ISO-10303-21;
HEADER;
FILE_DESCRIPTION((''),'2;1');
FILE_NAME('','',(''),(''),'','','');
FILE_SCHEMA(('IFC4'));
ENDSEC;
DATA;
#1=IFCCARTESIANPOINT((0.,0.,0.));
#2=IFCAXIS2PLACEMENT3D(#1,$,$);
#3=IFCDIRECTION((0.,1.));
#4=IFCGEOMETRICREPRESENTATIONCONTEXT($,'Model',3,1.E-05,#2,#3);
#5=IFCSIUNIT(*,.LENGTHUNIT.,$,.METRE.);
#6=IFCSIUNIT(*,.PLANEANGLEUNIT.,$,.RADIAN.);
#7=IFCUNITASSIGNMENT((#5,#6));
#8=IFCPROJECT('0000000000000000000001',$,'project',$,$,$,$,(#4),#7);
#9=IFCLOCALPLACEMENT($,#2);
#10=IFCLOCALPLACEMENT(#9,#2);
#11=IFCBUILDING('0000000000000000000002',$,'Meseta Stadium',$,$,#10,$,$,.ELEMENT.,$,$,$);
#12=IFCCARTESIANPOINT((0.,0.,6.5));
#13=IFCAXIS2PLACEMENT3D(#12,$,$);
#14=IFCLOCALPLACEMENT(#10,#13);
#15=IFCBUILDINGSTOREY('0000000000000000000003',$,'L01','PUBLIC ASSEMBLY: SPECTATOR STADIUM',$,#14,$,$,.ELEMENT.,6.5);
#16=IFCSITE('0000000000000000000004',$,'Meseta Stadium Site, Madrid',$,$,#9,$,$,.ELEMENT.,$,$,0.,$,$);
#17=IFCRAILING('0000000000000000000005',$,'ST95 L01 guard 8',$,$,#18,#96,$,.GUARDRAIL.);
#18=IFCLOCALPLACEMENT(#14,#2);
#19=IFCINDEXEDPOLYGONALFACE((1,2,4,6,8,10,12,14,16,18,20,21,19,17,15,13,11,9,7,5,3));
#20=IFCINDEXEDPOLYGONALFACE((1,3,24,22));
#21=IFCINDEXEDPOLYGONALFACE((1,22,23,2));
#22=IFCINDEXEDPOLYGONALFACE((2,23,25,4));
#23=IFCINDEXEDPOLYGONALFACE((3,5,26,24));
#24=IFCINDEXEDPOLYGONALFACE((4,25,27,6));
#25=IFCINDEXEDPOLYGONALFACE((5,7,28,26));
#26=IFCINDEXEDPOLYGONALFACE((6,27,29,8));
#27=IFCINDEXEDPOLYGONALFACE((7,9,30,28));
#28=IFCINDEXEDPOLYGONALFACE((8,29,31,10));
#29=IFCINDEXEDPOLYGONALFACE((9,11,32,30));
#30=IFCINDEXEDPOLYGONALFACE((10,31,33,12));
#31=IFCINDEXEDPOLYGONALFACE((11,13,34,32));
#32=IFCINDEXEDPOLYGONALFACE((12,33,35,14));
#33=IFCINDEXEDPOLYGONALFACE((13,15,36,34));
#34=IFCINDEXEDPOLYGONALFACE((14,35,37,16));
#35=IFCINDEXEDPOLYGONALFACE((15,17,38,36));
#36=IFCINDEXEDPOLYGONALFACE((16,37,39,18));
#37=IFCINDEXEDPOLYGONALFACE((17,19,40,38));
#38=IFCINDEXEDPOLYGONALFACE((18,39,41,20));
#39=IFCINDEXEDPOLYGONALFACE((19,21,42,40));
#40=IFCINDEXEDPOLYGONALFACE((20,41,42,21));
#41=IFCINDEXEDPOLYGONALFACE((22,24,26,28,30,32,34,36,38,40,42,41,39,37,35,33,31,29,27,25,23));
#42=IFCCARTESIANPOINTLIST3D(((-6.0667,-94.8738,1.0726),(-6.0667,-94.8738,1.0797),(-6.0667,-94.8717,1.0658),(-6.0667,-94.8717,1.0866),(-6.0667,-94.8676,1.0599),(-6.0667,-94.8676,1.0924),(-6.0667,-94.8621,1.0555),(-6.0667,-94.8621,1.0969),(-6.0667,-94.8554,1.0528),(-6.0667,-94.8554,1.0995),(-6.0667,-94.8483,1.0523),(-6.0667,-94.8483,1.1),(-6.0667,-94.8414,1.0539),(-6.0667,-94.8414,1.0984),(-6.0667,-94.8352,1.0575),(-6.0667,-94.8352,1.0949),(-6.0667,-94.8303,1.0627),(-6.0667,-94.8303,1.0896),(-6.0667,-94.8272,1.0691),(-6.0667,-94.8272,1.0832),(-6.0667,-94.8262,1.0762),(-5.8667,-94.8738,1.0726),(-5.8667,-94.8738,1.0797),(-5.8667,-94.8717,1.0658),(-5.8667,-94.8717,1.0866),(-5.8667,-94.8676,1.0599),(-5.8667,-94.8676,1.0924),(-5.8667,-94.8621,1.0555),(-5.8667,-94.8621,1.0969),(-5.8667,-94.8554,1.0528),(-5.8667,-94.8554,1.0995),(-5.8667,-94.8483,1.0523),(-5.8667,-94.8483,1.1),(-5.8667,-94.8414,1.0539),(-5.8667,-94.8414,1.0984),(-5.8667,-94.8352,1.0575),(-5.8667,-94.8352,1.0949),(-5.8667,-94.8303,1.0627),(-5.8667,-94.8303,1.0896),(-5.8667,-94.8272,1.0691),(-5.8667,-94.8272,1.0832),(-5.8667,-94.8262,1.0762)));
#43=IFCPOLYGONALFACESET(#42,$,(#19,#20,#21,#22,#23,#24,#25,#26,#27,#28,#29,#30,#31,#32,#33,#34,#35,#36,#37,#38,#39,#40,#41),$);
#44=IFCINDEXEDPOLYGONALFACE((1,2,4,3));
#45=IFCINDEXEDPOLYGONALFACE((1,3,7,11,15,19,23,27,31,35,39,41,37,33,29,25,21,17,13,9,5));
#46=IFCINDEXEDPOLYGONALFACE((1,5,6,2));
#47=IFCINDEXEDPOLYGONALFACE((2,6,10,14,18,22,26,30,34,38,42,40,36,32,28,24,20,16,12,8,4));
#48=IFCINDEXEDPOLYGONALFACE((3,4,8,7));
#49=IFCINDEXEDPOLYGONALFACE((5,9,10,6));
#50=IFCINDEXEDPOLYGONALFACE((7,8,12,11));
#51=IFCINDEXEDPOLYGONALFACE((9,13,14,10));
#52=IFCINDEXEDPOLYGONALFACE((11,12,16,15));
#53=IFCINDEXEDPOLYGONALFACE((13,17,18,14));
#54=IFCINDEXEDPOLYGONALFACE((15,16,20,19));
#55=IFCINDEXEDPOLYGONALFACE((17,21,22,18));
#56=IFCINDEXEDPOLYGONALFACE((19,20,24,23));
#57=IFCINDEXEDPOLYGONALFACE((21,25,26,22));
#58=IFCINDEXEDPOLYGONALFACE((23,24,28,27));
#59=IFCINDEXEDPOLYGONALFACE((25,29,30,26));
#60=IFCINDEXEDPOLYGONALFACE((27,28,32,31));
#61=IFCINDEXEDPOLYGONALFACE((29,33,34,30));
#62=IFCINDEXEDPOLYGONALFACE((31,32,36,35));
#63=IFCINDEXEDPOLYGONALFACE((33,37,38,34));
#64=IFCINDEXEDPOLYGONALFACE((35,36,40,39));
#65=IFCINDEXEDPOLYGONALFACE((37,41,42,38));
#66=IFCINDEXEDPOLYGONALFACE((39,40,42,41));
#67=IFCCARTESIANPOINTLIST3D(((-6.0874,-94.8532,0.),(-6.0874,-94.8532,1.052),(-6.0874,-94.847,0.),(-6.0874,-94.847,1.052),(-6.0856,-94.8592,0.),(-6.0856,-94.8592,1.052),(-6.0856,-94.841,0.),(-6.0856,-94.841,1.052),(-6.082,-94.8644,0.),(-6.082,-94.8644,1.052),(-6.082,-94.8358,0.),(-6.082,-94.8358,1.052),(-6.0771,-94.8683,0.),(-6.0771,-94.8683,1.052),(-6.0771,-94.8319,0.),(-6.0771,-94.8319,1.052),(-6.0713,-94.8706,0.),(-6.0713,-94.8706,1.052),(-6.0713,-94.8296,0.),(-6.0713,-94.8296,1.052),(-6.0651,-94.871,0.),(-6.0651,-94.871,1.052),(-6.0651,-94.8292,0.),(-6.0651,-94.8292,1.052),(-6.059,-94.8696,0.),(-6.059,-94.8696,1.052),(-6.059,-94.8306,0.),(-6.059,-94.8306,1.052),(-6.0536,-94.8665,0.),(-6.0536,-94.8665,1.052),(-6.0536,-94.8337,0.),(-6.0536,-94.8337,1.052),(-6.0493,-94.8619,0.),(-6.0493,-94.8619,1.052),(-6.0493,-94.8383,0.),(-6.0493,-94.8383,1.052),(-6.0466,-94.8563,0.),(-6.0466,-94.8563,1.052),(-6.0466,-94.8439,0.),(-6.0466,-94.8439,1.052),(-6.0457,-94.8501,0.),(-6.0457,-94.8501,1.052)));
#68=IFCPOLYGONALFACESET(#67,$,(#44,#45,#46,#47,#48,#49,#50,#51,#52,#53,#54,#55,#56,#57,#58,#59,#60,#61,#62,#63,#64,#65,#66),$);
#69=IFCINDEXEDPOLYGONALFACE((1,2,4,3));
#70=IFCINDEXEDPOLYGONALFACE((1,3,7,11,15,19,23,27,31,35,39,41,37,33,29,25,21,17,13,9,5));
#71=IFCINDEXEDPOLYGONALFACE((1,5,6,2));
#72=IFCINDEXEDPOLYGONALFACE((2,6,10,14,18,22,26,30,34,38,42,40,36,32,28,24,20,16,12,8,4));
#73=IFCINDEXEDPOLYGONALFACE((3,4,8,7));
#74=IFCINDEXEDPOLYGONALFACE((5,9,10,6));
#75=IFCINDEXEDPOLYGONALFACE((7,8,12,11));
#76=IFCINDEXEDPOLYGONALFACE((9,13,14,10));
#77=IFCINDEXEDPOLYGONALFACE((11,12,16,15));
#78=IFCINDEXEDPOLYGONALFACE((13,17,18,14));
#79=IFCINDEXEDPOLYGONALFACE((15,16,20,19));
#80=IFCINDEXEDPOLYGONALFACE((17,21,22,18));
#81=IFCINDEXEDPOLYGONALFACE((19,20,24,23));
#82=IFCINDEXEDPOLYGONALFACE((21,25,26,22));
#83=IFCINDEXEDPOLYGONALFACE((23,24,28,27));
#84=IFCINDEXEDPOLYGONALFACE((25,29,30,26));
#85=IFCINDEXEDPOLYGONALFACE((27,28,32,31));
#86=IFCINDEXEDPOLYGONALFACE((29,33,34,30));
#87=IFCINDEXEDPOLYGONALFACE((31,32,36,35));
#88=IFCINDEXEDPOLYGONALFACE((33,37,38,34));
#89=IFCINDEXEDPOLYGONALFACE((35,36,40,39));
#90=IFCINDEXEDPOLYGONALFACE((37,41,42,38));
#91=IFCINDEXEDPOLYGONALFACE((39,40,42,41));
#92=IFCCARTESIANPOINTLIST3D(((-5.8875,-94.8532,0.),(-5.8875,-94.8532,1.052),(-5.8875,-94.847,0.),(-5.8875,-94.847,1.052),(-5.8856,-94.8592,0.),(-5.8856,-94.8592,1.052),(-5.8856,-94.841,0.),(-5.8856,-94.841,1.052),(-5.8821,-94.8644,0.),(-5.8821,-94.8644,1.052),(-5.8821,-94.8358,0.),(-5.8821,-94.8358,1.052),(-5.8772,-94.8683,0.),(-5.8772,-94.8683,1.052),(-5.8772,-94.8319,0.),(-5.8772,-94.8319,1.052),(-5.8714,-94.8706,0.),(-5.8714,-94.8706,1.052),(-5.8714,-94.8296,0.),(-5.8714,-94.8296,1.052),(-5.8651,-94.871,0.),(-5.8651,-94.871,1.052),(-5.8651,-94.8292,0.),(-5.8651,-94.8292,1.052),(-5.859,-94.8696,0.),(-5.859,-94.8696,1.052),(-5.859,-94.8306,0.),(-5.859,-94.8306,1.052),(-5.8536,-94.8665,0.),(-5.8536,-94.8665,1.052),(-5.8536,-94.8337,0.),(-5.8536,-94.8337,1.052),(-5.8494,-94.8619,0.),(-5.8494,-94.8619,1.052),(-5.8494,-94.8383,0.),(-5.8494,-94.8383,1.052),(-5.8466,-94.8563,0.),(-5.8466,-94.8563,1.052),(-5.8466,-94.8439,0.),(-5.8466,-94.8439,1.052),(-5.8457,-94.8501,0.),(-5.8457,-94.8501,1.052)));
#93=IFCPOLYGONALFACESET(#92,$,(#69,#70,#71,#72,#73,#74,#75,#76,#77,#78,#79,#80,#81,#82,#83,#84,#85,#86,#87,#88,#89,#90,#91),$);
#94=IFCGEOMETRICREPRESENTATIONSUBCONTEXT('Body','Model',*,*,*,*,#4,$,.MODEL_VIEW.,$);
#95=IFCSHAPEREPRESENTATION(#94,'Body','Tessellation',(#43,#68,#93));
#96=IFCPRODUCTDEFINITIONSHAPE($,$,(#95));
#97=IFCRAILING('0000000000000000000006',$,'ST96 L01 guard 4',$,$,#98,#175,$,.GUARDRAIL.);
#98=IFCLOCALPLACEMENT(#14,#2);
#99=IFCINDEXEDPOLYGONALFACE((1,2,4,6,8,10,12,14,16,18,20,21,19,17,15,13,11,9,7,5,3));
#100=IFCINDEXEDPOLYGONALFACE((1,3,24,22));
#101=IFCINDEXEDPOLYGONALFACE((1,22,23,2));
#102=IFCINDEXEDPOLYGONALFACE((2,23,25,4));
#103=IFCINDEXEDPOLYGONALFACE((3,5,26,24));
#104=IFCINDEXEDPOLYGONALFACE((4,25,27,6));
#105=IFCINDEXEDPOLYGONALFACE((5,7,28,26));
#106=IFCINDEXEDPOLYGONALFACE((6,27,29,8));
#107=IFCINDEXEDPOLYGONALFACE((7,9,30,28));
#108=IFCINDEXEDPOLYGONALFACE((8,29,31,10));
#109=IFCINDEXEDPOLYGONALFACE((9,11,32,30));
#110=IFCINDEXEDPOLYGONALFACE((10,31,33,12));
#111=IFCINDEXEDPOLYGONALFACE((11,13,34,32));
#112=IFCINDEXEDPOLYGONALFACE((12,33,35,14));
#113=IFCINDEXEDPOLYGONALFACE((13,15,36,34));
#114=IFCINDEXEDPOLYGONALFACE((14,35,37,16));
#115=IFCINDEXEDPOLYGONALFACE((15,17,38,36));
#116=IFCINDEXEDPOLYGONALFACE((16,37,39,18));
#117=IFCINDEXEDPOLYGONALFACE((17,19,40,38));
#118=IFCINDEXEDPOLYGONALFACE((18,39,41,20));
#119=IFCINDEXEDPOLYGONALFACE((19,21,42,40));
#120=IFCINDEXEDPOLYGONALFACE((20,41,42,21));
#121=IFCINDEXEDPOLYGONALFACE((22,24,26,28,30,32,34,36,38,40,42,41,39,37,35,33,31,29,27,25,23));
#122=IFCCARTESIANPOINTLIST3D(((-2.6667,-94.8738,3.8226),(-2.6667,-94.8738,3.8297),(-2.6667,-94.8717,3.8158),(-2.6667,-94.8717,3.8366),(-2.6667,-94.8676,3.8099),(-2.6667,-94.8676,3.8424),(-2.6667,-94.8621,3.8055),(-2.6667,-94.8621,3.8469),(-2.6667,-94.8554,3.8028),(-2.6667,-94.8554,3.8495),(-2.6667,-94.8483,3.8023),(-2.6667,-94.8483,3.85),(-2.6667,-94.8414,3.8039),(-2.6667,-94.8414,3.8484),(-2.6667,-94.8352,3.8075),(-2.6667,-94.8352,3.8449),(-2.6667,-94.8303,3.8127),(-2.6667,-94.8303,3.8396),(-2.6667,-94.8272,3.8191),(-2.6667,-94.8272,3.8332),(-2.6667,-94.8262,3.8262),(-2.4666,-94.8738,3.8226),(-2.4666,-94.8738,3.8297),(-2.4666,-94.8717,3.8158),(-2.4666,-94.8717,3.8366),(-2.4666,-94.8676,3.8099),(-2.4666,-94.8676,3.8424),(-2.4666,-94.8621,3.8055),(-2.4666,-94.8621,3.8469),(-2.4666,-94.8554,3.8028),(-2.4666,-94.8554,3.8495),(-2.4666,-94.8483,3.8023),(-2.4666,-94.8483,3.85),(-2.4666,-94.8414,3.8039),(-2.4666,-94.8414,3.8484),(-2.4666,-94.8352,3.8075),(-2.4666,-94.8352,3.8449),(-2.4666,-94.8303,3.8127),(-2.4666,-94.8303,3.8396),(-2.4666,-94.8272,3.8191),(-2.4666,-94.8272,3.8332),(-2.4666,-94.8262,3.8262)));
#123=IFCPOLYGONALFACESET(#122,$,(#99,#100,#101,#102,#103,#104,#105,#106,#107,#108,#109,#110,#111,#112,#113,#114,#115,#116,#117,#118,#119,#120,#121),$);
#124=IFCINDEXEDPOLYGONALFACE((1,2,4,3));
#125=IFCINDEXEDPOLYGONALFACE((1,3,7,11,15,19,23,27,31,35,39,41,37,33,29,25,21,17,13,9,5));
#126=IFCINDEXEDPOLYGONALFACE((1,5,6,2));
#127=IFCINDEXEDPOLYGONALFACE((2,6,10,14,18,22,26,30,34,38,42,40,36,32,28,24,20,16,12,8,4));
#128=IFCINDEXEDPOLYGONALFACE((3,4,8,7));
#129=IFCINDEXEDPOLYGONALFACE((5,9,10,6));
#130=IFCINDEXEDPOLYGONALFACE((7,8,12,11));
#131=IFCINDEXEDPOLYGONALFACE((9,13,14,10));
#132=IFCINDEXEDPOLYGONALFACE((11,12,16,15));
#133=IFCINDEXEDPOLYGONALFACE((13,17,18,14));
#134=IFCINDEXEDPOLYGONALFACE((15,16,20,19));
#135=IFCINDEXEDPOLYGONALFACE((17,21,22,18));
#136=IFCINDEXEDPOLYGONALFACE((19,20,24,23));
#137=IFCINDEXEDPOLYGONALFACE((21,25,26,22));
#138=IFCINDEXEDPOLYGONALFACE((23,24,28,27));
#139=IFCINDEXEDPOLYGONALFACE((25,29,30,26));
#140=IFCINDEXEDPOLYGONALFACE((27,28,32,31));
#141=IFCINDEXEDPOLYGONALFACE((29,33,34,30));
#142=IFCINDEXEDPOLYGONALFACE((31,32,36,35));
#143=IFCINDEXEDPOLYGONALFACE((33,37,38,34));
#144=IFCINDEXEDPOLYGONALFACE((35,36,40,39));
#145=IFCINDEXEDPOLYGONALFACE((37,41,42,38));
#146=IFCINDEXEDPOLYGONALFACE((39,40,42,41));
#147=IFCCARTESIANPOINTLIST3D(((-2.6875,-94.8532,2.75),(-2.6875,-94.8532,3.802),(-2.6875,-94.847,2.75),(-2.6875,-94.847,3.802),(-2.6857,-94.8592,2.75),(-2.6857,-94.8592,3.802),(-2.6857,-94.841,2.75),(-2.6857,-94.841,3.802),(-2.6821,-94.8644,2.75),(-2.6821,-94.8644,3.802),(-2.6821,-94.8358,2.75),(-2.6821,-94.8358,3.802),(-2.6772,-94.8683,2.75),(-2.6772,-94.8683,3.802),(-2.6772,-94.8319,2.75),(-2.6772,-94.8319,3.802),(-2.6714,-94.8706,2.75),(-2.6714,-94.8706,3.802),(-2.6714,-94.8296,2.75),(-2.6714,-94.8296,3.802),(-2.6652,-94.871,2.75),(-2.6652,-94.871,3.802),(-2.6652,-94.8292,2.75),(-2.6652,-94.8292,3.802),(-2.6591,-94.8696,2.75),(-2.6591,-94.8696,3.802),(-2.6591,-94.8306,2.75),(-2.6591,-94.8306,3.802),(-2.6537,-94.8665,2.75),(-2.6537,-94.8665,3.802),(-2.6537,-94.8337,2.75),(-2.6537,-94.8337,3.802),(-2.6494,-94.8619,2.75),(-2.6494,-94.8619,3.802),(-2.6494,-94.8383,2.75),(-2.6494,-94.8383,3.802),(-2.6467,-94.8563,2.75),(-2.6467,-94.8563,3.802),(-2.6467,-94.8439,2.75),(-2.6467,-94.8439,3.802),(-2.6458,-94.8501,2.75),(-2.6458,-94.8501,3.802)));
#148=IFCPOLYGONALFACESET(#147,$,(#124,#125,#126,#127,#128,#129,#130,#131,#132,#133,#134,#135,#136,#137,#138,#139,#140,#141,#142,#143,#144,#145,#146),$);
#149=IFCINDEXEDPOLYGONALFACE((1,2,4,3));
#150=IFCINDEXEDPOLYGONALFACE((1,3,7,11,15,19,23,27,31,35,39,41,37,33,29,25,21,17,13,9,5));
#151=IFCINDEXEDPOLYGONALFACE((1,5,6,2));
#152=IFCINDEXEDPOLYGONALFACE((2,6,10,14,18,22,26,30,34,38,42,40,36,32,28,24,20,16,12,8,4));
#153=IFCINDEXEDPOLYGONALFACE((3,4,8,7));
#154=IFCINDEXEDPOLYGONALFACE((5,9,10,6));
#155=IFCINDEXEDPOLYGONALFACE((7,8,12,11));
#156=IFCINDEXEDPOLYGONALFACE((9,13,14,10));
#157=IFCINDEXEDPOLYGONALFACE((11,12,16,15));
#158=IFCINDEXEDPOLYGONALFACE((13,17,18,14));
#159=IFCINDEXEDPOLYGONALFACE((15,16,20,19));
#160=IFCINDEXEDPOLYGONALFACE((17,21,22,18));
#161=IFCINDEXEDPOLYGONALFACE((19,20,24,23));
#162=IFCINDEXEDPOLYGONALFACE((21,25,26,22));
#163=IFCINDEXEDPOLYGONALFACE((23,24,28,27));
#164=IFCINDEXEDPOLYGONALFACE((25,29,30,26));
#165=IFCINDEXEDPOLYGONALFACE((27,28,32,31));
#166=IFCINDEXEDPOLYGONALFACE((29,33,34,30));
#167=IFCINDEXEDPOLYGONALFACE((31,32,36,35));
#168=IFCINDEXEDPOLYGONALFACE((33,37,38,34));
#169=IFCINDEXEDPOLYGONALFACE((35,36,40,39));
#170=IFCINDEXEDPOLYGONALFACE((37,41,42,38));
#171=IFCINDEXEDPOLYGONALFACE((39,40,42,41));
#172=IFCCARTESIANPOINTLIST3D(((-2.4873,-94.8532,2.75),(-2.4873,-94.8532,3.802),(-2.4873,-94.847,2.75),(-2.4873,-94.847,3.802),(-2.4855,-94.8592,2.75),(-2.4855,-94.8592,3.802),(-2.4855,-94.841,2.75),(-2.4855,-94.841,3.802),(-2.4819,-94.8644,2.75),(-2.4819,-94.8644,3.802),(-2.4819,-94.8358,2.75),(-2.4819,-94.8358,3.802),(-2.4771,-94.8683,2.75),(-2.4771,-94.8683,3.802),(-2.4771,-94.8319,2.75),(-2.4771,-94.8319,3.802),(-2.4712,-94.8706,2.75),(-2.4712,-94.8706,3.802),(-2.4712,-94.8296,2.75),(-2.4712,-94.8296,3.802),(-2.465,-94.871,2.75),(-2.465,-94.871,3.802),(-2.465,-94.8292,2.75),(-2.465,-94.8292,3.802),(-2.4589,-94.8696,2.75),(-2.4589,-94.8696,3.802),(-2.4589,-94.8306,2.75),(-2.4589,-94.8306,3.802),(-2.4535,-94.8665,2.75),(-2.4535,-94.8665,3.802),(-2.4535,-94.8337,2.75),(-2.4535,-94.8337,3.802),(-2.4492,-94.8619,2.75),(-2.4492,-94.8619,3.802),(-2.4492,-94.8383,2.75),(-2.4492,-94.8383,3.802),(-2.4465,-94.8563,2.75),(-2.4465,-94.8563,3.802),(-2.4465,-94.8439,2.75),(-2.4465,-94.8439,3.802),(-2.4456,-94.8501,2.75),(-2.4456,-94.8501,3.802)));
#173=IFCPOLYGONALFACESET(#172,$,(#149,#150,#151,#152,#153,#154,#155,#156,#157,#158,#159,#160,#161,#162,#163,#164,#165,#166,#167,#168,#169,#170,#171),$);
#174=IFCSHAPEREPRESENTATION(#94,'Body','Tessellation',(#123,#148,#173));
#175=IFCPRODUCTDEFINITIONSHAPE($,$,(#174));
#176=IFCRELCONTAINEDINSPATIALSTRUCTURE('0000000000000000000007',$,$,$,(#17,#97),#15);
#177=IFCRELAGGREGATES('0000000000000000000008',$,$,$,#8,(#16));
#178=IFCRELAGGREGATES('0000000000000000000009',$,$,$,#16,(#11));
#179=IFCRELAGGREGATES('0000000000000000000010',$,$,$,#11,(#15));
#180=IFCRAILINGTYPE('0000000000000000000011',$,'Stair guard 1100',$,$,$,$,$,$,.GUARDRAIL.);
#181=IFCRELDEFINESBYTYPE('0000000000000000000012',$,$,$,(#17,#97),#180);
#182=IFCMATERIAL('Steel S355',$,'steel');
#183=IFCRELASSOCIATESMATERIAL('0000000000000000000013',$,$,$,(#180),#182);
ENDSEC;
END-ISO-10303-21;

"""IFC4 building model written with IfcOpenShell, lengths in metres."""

from ifc_helpers import new_model, si_unit, direction, frame, origin, origin_2d, place, context, subcontext, project, spatial, circle, extrude, material, type_object, element, save


model = new_model("IFC4")

# Units and contexts
model_context = context("Model", 3, precision=1e-05, world=origin(), true_north=direction((0.0, 1.0)))
body_context = subcontext(model_context, "Body", "Model", "MODEL_VIEW")
ifc_project = project(units=[si_unit("LENGTHUNIT", "METRE"), si_unit("PLANEANGLEUNIT", "RADIAN")], contexts=[model_context])

# Site, building, storey
site_placement = place(None, origin())
site = spatial("IfcSite", under=ifc_project, at=site_placement, Name="Meseta Stadium Site, Madrid", CompositionType="ELEMENT", RefElevation=0.0)
building_placement = place(site_placement, origin())
building = spatial("IfcBuilding", under=site, at=building_placement, Name="Meseta Stadium", CompositionType="ELEMENT")
storey_placement = place(building_placement, frame((0.0, 0.0, 6.5)))
storey = spatial("IfcBuildingStorey", under=building, at=storey_placement, Name="L01", Description="PUBLIC ASSEMBLY: SPECTATOR STADIUM", CompositionType="ELEMENT", Elevation=6.5)

# Railings
ifc_material_1 = material(Name="Steel S355", Category="steel")
railing_type = type_object("IfcRailingType", Name="Stair guard 1100", PredefinedType="GUARDRAIL", material=ifc_material_1)
for number, where, name in (
    (1, (-6.0667, -94.8501, 0.0), "ST95 L01 guard 8"),
):
    element("IfcRailing", number, at=place(storey_placement, frame(where)), inside=storey, type_object=railing_type, Name=name, PredefinedType="GUARDRAIL", context=body_context, shape_type="SweptSolid", body=[
        extrude(circle(Radius=0.0239, at=origin_2d()), frame((0.0, 0.0, 1.0762), z_axis=(1.0, 0.0, 0.0), x_axis=(0.0, 1.0, 0.0)), (0.0, 0.0, 1.0), 0.2),
        extrude(circle(Radius=0.021, at=origin_2d()), origin(), (0.0, 0.0, 1.0), 1.052),
        extrude(circle(Radius=0.021, at=origin_2d()), frame((0.2, 0.0, 0.0)), (0.0, 0.0, 1.0), 1.052),
    ])
railing_1_placement = place(storey_placement, frame((-2.6667, -94.8501, 2.75)))
element("IfcRailing", 2, at=railing_1_placement, inside=storey, type_object=railing_type, Name="ST96 L01 guard 4", PredefinedType="GUARDRAIL", context=body_context, shape_type="SweptSolid", body=[
    extrude(circle(Radius=0.0239, at=origin_2d()), frame((0.0, 0.0, 1.0762), z_axis=(1.0, 0.0, 0.0), x_axis=(0.0, 1.0, 0.0)), (0.0, 0.0, 1.0), 0.2002),
    extrude(circle(Radius=0.021, at=origin_2d()), origin(), (0.0, 0.0, 1.0), 1.052),
    extrude(circle(Radius=0.021, at=origin_2d()), frame((0.2002, 0.0, 0.0)), (0.0, 0.0, 1.0), 1.052),
])

save(model, "model.ifc")
